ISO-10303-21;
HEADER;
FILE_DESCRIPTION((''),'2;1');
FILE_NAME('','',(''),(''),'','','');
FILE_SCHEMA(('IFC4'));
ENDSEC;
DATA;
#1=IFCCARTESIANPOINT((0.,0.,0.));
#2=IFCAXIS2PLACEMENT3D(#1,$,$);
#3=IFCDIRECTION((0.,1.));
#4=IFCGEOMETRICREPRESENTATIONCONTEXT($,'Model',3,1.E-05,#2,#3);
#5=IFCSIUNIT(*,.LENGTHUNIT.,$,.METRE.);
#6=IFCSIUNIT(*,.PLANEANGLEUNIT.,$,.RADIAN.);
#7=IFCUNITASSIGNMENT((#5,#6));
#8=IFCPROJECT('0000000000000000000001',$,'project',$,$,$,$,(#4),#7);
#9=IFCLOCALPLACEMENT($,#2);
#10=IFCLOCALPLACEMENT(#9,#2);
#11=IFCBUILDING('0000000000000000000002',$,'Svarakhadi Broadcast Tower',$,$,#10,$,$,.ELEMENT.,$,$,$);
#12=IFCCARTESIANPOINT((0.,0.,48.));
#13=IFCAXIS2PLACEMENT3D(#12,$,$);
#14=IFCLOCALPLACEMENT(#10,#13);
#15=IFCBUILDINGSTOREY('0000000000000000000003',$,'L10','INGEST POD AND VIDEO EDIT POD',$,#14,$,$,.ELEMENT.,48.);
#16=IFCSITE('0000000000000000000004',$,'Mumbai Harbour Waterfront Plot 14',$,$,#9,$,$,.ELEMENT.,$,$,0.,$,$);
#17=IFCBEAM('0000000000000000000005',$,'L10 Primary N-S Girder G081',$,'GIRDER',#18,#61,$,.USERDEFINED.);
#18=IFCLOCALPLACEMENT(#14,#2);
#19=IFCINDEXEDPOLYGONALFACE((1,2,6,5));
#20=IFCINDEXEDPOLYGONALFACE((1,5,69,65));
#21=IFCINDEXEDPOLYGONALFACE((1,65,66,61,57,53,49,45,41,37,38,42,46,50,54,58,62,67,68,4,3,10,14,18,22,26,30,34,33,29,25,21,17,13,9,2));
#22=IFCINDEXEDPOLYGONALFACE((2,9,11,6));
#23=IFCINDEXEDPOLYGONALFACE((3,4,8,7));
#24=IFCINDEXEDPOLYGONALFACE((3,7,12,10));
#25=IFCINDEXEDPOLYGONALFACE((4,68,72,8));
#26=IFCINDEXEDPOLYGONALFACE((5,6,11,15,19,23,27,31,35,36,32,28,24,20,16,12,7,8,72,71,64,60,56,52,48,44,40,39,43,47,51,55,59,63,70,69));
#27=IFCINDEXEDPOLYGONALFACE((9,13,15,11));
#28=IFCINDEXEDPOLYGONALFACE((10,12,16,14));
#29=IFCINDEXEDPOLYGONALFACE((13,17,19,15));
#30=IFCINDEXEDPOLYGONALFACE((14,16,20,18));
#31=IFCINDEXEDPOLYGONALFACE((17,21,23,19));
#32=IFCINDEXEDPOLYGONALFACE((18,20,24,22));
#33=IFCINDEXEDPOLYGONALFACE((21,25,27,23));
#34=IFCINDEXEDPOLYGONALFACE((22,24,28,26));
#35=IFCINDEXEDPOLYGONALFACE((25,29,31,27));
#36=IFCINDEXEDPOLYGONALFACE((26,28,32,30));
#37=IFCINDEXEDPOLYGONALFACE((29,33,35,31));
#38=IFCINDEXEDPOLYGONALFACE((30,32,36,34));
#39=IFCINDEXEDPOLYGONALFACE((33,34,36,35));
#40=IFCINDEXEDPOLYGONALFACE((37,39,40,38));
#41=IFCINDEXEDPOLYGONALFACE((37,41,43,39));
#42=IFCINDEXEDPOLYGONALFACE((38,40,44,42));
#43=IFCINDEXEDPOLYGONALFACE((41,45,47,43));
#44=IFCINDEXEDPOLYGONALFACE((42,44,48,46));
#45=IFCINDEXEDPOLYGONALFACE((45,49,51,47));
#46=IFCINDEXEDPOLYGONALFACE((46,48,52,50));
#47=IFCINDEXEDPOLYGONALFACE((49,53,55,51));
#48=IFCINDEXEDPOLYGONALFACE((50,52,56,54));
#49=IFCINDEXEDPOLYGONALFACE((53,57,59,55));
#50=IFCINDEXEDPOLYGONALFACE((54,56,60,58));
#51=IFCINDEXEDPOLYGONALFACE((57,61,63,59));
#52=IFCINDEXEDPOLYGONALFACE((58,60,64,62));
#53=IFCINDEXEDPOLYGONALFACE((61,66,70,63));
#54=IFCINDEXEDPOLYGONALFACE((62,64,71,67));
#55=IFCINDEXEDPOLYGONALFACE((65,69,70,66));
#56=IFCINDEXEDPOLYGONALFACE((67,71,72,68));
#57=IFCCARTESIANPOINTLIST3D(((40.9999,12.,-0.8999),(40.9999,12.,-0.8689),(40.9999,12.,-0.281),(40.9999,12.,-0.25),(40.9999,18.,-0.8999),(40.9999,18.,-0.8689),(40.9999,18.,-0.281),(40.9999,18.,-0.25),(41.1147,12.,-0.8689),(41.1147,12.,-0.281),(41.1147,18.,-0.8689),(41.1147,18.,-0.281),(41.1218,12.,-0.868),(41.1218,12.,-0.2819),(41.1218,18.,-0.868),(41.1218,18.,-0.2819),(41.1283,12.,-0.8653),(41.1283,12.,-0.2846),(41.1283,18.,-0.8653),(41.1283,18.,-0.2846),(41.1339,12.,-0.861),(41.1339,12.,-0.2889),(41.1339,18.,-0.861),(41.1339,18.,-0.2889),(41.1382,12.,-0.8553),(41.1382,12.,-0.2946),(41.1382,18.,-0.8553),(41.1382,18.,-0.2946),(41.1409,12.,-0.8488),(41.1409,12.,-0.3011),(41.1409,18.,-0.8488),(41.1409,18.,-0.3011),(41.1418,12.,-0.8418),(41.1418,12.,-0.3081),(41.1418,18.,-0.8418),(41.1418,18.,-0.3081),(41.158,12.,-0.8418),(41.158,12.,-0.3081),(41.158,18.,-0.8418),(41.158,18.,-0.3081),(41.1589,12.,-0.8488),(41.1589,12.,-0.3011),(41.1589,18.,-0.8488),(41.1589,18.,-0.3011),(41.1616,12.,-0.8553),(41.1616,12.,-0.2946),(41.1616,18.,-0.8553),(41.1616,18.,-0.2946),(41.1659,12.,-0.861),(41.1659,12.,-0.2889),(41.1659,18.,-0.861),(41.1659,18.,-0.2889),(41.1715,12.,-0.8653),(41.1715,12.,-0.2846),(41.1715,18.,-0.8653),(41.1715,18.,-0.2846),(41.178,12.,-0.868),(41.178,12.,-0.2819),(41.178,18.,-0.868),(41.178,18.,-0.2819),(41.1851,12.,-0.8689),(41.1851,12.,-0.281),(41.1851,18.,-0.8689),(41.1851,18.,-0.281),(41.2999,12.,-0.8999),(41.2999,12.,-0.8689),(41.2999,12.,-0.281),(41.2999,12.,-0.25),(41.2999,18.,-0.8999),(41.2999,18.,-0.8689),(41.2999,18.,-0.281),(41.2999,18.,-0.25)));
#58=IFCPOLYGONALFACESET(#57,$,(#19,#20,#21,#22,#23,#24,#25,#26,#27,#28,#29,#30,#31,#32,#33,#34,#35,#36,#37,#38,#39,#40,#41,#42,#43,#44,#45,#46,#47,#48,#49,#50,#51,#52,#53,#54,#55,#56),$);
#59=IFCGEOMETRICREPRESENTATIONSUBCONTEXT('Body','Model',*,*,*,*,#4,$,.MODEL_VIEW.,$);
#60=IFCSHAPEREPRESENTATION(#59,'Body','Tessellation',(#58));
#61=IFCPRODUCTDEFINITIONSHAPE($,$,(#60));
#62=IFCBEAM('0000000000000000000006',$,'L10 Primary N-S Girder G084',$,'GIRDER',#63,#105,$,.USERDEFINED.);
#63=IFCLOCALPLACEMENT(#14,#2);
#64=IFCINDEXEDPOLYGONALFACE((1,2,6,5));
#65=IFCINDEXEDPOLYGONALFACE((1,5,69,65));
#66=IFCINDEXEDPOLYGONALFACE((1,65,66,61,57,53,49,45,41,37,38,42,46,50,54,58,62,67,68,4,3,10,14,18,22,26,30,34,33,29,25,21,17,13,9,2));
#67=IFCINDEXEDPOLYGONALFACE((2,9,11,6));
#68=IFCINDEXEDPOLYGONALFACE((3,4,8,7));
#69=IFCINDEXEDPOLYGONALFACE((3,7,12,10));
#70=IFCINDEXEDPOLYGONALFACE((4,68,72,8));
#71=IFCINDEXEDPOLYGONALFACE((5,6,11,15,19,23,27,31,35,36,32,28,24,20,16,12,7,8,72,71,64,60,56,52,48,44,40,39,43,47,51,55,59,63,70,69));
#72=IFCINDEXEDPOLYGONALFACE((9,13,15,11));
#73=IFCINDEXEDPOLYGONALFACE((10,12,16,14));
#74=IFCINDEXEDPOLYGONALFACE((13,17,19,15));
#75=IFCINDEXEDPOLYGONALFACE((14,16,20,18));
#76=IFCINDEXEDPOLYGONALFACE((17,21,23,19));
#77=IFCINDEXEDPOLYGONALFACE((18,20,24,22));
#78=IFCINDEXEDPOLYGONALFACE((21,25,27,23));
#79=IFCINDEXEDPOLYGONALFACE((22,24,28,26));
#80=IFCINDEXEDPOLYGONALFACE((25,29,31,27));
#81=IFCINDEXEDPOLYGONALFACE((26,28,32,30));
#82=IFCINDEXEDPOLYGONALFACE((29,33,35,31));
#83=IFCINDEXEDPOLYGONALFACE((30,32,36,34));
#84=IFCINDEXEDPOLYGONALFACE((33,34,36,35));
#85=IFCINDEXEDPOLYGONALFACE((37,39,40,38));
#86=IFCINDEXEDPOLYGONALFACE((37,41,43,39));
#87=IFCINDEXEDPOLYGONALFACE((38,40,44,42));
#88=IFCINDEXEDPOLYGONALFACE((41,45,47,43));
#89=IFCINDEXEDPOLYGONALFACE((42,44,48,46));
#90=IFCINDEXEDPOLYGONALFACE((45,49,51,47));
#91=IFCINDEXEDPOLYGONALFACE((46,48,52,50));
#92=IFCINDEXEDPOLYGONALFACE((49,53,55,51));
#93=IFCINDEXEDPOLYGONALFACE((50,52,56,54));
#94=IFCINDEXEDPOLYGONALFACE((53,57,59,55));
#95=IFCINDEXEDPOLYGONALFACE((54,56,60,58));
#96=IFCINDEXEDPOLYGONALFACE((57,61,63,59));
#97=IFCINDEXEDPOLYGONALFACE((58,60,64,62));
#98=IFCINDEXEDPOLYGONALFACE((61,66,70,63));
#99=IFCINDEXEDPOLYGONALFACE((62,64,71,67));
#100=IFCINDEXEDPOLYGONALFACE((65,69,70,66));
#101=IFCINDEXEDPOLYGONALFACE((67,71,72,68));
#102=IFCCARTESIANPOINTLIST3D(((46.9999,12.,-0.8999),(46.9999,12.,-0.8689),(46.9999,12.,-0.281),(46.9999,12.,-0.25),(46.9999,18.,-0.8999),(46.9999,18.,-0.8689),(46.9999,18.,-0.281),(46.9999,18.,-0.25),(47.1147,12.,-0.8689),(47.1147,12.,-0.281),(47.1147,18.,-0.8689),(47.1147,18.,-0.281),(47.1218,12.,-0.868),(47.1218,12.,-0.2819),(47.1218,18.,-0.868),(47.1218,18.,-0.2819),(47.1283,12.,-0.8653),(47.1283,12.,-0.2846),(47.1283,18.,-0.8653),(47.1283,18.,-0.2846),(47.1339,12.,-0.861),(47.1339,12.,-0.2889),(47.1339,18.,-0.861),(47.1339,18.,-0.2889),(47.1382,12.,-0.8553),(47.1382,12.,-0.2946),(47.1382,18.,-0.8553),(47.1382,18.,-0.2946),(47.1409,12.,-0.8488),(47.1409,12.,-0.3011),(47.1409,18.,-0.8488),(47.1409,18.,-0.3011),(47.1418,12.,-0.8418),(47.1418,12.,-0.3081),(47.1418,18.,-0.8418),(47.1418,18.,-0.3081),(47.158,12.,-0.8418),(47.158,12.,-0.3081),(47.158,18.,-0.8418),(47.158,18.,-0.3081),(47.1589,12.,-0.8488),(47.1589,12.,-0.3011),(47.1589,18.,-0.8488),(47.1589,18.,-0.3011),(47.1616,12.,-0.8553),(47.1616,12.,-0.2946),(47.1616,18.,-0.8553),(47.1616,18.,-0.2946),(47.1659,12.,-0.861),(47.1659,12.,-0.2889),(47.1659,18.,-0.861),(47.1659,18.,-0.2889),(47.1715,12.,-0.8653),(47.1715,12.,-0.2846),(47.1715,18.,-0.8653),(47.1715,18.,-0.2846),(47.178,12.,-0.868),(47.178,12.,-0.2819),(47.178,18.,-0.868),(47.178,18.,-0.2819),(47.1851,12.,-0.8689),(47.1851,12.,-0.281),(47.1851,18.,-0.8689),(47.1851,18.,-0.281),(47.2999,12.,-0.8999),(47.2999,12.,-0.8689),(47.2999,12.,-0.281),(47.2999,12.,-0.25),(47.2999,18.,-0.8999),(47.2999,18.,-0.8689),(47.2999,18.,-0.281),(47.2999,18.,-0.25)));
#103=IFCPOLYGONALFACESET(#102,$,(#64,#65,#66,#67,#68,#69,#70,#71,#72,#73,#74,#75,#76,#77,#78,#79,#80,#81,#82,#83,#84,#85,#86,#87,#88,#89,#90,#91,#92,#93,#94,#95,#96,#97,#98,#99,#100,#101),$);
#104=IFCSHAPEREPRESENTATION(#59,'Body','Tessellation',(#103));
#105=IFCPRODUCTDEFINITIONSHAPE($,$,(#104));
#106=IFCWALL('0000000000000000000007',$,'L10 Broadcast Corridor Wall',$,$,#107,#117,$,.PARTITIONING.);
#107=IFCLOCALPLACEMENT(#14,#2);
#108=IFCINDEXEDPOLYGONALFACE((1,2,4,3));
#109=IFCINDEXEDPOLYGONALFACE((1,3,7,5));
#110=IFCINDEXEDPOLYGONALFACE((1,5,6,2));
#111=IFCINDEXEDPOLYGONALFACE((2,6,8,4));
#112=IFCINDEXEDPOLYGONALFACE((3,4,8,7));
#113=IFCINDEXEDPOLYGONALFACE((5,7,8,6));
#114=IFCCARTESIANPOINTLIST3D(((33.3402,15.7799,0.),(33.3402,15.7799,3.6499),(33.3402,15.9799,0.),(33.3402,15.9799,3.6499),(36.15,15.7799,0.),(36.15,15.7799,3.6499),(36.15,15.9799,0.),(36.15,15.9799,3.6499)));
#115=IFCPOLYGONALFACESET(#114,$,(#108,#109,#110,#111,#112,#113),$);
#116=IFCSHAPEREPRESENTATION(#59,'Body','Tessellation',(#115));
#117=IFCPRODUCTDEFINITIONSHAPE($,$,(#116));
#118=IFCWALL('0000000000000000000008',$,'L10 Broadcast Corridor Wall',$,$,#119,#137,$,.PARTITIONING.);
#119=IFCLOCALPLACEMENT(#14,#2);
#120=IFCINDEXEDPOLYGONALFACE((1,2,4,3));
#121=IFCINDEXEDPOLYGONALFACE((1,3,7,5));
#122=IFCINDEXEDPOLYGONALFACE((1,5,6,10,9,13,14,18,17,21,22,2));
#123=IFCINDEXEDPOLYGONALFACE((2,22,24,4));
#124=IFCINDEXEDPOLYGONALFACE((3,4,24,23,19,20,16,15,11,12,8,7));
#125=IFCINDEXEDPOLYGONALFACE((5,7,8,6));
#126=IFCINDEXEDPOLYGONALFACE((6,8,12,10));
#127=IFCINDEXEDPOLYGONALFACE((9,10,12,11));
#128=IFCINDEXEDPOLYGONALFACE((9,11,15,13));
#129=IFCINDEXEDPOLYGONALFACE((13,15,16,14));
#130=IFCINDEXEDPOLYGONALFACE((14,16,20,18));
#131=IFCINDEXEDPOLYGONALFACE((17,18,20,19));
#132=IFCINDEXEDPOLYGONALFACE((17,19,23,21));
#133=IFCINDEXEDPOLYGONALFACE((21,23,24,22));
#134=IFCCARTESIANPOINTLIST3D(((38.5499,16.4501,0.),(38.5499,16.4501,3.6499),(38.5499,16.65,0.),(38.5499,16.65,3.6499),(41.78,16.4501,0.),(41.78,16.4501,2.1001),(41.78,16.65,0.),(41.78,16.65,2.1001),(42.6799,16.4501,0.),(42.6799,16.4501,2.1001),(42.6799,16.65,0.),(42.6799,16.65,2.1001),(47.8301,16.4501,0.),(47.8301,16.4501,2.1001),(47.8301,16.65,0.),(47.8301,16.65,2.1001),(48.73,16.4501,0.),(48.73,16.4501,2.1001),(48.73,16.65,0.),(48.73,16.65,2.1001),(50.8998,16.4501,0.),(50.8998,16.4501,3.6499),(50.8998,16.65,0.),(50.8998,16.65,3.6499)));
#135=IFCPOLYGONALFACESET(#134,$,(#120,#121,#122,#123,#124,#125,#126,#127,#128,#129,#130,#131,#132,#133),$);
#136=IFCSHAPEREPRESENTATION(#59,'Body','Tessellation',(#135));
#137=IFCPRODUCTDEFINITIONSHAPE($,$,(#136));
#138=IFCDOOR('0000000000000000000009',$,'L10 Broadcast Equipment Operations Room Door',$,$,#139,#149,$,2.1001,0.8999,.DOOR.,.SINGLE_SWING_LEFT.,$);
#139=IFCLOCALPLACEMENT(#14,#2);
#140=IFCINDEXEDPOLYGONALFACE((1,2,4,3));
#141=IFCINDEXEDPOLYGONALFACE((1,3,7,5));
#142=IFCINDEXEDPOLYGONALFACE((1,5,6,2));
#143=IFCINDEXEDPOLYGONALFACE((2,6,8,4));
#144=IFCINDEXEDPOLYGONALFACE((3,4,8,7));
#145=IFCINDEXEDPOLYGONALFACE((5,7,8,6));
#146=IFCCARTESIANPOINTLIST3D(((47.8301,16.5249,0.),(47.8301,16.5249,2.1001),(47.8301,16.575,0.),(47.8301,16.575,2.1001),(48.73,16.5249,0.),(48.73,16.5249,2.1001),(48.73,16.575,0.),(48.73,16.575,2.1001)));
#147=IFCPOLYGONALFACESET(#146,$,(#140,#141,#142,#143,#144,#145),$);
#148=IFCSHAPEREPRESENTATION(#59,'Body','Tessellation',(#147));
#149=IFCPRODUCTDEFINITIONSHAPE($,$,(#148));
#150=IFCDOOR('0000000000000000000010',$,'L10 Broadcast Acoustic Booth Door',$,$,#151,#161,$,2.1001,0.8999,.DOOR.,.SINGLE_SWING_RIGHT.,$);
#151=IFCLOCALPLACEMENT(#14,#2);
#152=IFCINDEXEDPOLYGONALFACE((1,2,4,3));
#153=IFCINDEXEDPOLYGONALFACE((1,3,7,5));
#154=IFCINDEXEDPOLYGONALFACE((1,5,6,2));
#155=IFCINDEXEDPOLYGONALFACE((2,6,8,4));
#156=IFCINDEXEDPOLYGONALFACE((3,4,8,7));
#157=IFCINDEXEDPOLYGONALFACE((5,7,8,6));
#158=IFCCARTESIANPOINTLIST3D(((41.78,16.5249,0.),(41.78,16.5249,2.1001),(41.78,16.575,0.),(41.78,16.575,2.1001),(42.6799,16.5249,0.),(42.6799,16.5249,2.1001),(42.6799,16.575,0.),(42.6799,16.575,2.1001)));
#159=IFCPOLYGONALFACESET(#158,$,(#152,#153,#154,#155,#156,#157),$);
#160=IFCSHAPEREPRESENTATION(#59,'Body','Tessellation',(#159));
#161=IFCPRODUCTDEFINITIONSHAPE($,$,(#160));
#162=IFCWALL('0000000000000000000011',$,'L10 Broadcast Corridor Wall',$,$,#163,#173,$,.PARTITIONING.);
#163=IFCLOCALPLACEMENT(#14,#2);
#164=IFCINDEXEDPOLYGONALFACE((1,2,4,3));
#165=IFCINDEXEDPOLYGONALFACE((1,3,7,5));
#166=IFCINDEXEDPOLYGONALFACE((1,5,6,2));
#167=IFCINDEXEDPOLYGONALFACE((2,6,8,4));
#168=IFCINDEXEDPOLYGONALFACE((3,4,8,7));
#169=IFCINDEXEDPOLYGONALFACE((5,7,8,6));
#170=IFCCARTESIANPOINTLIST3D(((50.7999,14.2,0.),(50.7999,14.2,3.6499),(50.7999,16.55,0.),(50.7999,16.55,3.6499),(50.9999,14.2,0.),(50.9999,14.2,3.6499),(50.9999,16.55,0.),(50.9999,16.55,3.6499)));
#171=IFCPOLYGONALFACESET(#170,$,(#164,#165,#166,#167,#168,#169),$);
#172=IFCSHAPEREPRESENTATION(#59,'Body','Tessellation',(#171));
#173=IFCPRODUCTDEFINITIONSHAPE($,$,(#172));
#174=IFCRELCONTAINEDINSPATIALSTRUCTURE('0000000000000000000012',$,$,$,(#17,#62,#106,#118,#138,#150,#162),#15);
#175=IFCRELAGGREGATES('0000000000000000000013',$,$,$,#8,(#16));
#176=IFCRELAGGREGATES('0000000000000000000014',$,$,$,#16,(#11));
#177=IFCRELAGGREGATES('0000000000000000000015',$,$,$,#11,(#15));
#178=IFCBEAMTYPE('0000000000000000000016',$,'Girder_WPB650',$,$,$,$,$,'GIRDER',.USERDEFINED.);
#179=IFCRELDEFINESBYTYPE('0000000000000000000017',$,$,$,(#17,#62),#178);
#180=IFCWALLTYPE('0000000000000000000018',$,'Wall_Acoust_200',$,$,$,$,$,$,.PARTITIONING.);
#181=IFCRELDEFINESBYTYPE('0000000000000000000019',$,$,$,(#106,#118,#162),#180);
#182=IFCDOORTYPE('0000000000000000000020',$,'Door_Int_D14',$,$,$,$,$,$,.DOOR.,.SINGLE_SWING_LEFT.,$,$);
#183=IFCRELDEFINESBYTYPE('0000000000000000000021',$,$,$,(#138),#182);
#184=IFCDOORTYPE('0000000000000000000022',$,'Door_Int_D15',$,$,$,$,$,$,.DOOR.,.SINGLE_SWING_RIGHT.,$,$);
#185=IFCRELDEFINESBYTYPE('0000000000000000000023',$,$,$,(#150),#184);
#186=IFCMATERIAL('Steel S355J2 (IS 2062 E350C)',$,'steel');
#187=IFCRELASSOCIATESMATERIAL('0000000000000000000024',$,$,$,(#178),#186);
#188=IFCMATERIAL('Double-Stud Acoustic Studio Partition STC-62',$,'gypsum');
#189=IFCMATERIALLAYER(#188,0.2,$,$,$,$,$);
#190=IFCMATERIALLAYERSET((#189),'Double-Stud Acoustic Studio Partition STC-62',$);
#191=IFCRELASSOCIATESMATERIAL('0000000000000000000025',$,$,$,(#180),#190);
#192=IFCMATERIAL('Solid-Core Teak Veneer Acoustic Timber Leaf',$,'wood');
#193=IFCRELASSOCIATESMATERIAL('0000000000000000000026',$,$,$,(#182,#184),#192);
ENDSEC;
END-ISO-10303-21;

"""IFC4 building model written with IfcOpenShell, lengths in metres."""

from ifc_helpers import new_model, si_unit, direction, frame, frame_2d, origin, origin_2d, place, context, subcontext, project, spatial, rectangle, i_section, extrude, material, layer, layer_set, material_profile, profile_set, type_object, element, fill, save


model = new_model("IFC4")

# Units and contexts
model_context = context("Model", 3, precision=1e-05, world=origin(), true_north=direction((0.0, 1.0)))
body_context = subcontext(model_context, "Body", "Model", "MODEL_VIEW")
ifc_project = project(units=[si_unit("LENGTHUNIT", "METRE"), si_unit("PLANEANGLEUNIT", "RADIAN")], contexts=[model_context])

# Site, building, storey
site_placement = place(None, origin())
site = spatial("IfcSite", under=ifc_project, at=site_placement, Name="Mumbai Harbour Waterfront Plot 14", CompositionType="ELEMENT", RefElevation=0.0)
building_placement = place(site_placement, origin())
building = spatial("IfcBuilding", under=site, at=building_placement, Name="Svarakhadi Broadcast Tower", CompositionType="ELEMENT")
storey_placement = place(building_placement, frame((0.0, 0.0, 48.0)))
storey = spatial("IfcBuildingStorey", under=building, at=storey_placement, Name="L10", Description="INGEST POD AND VIDEO EDIT POD", CompositionType="ELEMENT", Elevation=48.0)

# Beams
ifc_material_1 = material(Name="Steel S355J2 (IS 2062 E350C)", Category="steel")
ifc_material_profile_1 = material_profile(ifc_material_1, i_section(OverallWidth=0.3, OverallDepth=0.6499, WebThickness=0.0161, FlangeThickness=0.031, FilletRadius=0.0271, at=origin_2d()), Name="WPB 650x300x225")
ifc_profile_set_1 = profile_set([ifc_material_profile_1], Name="Steel S355J2 (IS 2062 E350C)")
beam_type_1 = type_object("IfcBeamType", Name="Girder_WPB650", ElementType="GIRDER", PredefinedType="USERDEFINED", material=ifc_profile_set_1)
for number, where, z_axis, x_axis, name in (
    (1, (41.1499, 12.0, -0.575), (0.0, 1.0, 0.0), (-1.0, 0.0, 0.0), "L10 Primary N-S Girder G081"),
    (2, (47.1499, 12.0, -0.575), (0.0, 1.0, 0.0), (-1.0, 0.0, 0.0), "L10 Primary N-S Girder G084"),
):
    element("IfcBeam", number, at=place(storey_placement, frame(where, z_axis=z_axis, x_axis=x_axis)), inside=storey, type_object=beam_type_1, Name=name, ObjectType="GIRDER", PredefinedType="USERDEFINED", context=body_context, shape_type="SweptSolid", body=[
        extrude(i_section(OverallWidth=0.3, OverallDepth=0.6499, WebThickness=0.0161, FlangeThickness=0.031, FilletRadius=0.0271, at=origin_2d()), origin(), (0.0, 0.0, 1.0), 6.0),
    ])

# Wall
ifc_material_2 = material(Name="Double-Stud Acoustic Studio Partition STC-62", Category="gypsum")
ifc_layer_1 = layer(ifc_material_2, 0.2)
ifc_layer_set_1 = layer_set([ifc_layer_1], Name="Double-Stud Acoustic Studio Partition STC-62")
wall_type_1 = type_object("IfcWallType", Name="Wall_Acoust_200", PredefinedType="PARTITIONING", material=ifc_layer_set_1)
wall_1_placement = place(storey_placement, frame((36.1499, 15.8799, 0.0), z_axis=(0.0, 0.0, 1.0), x_axis=(-1.0, 0.0, 0.0)))
element("IfcWall", 3, at=wall_1_placement, inside=storey, type_object=wall_type_1, Name="L10 Broadcast Corridor Wall", PredefinedType="PARTITIONING", context=body_context, shape_type="SweptSolid", body=[
    extrude(rectangle(XDim=2.8098, YDim=0.2, at=frame_2d((1.4048, 0.0))), origin(), (0.0, 0.0, 1.0), 3.6499),
])

# Wall, openings, doors
wall_2_placement = place(storey_placement, frame((38.55, 16.55, 0.0), z_axis=(0.0, 0.0, 1.0), x_axis=(1.0, 0.0, 0.0)))
wall_2 = element("IfcWall", 4, at=wall_2_placement, inside=storey, type_object=wall_type_1, Name="L10 Broadcast Corridor Wall", PredefinedType="PARTITIONING", context=body_context, shape_type="SweptSolid", body=[
    extrude(rectangle(XDim=12.3499, YDim=0.2, at=frame_2d((6.1748, 0.0))), origin(), (0.0, 0.0, 1.0), 3.6499),
])
opening_1_placement = place(wall_2_placement, frame((3.23, 0.0, 0.0)))
opening_1 = element("IfcOpeningElement", 5, at=opening_1_placement, cuts=wall_2, PredefinedType="OPENING", context=body_context, shape_type="SweptSolid", body=[
    extrude(rectangle(XDim=0.8999, YDim=2.1001, at=frame_2d((0.45, 1.05))), frame((0.0, 0.1099, 0.0), z_axis=(0.0, -1.0, 0.0), x_axis=(1.0, 0.0, 0.0)), (0.0, 0.0, 1.0), 0.22),
])
opening_2_placement = place(wall_2_placement, frame((9.28, 0.0, 0.0)))
opening_2 = element("IfcOpeningElement", 6, at=opening_2_placement, cuts=wall_2, PredefinedType="OPENING", context=body_context, shape_type="SweptSolid", body=[
    extrude(rectangle(XDim=0.8999, YDim=2.1001, at=frame_2d((0.45, 1.05))), frame((0.0, 0.1099, 0.0), z_axis=(0.0, -1.0, 0.0), x_axis=(1.0, 0.0, 0.0)), (0.0, 0.0, 1.0), 0.22),
])
ifc_material_3 = material(Name="Solid-Core Teak Veneer Acoustic Timber Leaf", Category="wood")
door_type_1 = type_object("IfcDoorType", Name="Door_Int_D14", OperationType="SINGLE_SWING_LEFT", PredefinedType="DOOR", material=ifc_material_3)
door_1_placement = place(opening_2_placement, origin())
door_1 = element("IfcDoor", 7, at=door_1_placement, inside=storey, type_object=door_type_1, Name="L10 Broadcast Equipment Operations Room Door", OperationType="SINGLE_SWING_LEFT", OverallHeight=2.1001, OverallWidth=0.8999, PredefinedType="DOOR", context=body_context, shape_type="SweptSolid", body=[
    extrude(rectangle(XDim=0.8999, YDim=2.1001, at=frame_2d((0.45, 1.05))), frame((0.0, 0.0249, 0.0), z_axis=(0.0, -1.0, 0.0), x_axis=(1.0, 0.0, 0.0)), (0.0, 0.0, 1.0), 0.05),
])
fill(opening_2, door_1)
door_type_2 = type_object("IfcDoorType", Name="Door_Int_D15", OperationType="SINGLE_SWING_RIGHT", PredefinedType="DOOR", material=ifc_material_3)
door_2_placement = place(opening_1_placement, origin())
door_2 = element("IfcDoor", 8, at=door_2_placement, inside=storey, type_object=door_type_2, Name="L10 Broadcast Acoustic Booth Door", OperationType="SINGLE_SWING_RIGHT", OverallHeight=2.1001, OverallWidth=0.8999, PredefinedType="DOOR", context=body_context, shape_type="SweptSolid", body=[
    extrude(rectangle(XDim=0.8999, YDim=2.1001, at=frame_2d((0.45, 1.05))), frame((0.0, 0.0249, 0.0), z_axis=(0.0, -1.0, 0.0), x_axis=(1.0, 0.0, 0.0)), (0.0, 0.0, 1.0), 0.05),
])
fill(opening_1, door_2)

# Wall
wall_3_placement = place(storey_placement, frame((50.8999, 16.55, 0.0), z_axis=(0.0, 0.0, 1.0), x_axis=(0.0, -1.0, 0.0)))
element("IfcWall", 9, at=wall_3_placement, inside=storey, type_object=wall_type_1, Name="L10 Broadcast Corridor Wall", PredefinedType="PARTITIONING", context=body_context, shape_type="SweptSolid", body=[
    extrude(rectangle(XDim=2.3501, YDim=0.2, at=frame_2d((1.175, 0.0))), origin(), (0.0, 0.0, 1.0), 3.6499),
])

save(model, "model.ifc")
